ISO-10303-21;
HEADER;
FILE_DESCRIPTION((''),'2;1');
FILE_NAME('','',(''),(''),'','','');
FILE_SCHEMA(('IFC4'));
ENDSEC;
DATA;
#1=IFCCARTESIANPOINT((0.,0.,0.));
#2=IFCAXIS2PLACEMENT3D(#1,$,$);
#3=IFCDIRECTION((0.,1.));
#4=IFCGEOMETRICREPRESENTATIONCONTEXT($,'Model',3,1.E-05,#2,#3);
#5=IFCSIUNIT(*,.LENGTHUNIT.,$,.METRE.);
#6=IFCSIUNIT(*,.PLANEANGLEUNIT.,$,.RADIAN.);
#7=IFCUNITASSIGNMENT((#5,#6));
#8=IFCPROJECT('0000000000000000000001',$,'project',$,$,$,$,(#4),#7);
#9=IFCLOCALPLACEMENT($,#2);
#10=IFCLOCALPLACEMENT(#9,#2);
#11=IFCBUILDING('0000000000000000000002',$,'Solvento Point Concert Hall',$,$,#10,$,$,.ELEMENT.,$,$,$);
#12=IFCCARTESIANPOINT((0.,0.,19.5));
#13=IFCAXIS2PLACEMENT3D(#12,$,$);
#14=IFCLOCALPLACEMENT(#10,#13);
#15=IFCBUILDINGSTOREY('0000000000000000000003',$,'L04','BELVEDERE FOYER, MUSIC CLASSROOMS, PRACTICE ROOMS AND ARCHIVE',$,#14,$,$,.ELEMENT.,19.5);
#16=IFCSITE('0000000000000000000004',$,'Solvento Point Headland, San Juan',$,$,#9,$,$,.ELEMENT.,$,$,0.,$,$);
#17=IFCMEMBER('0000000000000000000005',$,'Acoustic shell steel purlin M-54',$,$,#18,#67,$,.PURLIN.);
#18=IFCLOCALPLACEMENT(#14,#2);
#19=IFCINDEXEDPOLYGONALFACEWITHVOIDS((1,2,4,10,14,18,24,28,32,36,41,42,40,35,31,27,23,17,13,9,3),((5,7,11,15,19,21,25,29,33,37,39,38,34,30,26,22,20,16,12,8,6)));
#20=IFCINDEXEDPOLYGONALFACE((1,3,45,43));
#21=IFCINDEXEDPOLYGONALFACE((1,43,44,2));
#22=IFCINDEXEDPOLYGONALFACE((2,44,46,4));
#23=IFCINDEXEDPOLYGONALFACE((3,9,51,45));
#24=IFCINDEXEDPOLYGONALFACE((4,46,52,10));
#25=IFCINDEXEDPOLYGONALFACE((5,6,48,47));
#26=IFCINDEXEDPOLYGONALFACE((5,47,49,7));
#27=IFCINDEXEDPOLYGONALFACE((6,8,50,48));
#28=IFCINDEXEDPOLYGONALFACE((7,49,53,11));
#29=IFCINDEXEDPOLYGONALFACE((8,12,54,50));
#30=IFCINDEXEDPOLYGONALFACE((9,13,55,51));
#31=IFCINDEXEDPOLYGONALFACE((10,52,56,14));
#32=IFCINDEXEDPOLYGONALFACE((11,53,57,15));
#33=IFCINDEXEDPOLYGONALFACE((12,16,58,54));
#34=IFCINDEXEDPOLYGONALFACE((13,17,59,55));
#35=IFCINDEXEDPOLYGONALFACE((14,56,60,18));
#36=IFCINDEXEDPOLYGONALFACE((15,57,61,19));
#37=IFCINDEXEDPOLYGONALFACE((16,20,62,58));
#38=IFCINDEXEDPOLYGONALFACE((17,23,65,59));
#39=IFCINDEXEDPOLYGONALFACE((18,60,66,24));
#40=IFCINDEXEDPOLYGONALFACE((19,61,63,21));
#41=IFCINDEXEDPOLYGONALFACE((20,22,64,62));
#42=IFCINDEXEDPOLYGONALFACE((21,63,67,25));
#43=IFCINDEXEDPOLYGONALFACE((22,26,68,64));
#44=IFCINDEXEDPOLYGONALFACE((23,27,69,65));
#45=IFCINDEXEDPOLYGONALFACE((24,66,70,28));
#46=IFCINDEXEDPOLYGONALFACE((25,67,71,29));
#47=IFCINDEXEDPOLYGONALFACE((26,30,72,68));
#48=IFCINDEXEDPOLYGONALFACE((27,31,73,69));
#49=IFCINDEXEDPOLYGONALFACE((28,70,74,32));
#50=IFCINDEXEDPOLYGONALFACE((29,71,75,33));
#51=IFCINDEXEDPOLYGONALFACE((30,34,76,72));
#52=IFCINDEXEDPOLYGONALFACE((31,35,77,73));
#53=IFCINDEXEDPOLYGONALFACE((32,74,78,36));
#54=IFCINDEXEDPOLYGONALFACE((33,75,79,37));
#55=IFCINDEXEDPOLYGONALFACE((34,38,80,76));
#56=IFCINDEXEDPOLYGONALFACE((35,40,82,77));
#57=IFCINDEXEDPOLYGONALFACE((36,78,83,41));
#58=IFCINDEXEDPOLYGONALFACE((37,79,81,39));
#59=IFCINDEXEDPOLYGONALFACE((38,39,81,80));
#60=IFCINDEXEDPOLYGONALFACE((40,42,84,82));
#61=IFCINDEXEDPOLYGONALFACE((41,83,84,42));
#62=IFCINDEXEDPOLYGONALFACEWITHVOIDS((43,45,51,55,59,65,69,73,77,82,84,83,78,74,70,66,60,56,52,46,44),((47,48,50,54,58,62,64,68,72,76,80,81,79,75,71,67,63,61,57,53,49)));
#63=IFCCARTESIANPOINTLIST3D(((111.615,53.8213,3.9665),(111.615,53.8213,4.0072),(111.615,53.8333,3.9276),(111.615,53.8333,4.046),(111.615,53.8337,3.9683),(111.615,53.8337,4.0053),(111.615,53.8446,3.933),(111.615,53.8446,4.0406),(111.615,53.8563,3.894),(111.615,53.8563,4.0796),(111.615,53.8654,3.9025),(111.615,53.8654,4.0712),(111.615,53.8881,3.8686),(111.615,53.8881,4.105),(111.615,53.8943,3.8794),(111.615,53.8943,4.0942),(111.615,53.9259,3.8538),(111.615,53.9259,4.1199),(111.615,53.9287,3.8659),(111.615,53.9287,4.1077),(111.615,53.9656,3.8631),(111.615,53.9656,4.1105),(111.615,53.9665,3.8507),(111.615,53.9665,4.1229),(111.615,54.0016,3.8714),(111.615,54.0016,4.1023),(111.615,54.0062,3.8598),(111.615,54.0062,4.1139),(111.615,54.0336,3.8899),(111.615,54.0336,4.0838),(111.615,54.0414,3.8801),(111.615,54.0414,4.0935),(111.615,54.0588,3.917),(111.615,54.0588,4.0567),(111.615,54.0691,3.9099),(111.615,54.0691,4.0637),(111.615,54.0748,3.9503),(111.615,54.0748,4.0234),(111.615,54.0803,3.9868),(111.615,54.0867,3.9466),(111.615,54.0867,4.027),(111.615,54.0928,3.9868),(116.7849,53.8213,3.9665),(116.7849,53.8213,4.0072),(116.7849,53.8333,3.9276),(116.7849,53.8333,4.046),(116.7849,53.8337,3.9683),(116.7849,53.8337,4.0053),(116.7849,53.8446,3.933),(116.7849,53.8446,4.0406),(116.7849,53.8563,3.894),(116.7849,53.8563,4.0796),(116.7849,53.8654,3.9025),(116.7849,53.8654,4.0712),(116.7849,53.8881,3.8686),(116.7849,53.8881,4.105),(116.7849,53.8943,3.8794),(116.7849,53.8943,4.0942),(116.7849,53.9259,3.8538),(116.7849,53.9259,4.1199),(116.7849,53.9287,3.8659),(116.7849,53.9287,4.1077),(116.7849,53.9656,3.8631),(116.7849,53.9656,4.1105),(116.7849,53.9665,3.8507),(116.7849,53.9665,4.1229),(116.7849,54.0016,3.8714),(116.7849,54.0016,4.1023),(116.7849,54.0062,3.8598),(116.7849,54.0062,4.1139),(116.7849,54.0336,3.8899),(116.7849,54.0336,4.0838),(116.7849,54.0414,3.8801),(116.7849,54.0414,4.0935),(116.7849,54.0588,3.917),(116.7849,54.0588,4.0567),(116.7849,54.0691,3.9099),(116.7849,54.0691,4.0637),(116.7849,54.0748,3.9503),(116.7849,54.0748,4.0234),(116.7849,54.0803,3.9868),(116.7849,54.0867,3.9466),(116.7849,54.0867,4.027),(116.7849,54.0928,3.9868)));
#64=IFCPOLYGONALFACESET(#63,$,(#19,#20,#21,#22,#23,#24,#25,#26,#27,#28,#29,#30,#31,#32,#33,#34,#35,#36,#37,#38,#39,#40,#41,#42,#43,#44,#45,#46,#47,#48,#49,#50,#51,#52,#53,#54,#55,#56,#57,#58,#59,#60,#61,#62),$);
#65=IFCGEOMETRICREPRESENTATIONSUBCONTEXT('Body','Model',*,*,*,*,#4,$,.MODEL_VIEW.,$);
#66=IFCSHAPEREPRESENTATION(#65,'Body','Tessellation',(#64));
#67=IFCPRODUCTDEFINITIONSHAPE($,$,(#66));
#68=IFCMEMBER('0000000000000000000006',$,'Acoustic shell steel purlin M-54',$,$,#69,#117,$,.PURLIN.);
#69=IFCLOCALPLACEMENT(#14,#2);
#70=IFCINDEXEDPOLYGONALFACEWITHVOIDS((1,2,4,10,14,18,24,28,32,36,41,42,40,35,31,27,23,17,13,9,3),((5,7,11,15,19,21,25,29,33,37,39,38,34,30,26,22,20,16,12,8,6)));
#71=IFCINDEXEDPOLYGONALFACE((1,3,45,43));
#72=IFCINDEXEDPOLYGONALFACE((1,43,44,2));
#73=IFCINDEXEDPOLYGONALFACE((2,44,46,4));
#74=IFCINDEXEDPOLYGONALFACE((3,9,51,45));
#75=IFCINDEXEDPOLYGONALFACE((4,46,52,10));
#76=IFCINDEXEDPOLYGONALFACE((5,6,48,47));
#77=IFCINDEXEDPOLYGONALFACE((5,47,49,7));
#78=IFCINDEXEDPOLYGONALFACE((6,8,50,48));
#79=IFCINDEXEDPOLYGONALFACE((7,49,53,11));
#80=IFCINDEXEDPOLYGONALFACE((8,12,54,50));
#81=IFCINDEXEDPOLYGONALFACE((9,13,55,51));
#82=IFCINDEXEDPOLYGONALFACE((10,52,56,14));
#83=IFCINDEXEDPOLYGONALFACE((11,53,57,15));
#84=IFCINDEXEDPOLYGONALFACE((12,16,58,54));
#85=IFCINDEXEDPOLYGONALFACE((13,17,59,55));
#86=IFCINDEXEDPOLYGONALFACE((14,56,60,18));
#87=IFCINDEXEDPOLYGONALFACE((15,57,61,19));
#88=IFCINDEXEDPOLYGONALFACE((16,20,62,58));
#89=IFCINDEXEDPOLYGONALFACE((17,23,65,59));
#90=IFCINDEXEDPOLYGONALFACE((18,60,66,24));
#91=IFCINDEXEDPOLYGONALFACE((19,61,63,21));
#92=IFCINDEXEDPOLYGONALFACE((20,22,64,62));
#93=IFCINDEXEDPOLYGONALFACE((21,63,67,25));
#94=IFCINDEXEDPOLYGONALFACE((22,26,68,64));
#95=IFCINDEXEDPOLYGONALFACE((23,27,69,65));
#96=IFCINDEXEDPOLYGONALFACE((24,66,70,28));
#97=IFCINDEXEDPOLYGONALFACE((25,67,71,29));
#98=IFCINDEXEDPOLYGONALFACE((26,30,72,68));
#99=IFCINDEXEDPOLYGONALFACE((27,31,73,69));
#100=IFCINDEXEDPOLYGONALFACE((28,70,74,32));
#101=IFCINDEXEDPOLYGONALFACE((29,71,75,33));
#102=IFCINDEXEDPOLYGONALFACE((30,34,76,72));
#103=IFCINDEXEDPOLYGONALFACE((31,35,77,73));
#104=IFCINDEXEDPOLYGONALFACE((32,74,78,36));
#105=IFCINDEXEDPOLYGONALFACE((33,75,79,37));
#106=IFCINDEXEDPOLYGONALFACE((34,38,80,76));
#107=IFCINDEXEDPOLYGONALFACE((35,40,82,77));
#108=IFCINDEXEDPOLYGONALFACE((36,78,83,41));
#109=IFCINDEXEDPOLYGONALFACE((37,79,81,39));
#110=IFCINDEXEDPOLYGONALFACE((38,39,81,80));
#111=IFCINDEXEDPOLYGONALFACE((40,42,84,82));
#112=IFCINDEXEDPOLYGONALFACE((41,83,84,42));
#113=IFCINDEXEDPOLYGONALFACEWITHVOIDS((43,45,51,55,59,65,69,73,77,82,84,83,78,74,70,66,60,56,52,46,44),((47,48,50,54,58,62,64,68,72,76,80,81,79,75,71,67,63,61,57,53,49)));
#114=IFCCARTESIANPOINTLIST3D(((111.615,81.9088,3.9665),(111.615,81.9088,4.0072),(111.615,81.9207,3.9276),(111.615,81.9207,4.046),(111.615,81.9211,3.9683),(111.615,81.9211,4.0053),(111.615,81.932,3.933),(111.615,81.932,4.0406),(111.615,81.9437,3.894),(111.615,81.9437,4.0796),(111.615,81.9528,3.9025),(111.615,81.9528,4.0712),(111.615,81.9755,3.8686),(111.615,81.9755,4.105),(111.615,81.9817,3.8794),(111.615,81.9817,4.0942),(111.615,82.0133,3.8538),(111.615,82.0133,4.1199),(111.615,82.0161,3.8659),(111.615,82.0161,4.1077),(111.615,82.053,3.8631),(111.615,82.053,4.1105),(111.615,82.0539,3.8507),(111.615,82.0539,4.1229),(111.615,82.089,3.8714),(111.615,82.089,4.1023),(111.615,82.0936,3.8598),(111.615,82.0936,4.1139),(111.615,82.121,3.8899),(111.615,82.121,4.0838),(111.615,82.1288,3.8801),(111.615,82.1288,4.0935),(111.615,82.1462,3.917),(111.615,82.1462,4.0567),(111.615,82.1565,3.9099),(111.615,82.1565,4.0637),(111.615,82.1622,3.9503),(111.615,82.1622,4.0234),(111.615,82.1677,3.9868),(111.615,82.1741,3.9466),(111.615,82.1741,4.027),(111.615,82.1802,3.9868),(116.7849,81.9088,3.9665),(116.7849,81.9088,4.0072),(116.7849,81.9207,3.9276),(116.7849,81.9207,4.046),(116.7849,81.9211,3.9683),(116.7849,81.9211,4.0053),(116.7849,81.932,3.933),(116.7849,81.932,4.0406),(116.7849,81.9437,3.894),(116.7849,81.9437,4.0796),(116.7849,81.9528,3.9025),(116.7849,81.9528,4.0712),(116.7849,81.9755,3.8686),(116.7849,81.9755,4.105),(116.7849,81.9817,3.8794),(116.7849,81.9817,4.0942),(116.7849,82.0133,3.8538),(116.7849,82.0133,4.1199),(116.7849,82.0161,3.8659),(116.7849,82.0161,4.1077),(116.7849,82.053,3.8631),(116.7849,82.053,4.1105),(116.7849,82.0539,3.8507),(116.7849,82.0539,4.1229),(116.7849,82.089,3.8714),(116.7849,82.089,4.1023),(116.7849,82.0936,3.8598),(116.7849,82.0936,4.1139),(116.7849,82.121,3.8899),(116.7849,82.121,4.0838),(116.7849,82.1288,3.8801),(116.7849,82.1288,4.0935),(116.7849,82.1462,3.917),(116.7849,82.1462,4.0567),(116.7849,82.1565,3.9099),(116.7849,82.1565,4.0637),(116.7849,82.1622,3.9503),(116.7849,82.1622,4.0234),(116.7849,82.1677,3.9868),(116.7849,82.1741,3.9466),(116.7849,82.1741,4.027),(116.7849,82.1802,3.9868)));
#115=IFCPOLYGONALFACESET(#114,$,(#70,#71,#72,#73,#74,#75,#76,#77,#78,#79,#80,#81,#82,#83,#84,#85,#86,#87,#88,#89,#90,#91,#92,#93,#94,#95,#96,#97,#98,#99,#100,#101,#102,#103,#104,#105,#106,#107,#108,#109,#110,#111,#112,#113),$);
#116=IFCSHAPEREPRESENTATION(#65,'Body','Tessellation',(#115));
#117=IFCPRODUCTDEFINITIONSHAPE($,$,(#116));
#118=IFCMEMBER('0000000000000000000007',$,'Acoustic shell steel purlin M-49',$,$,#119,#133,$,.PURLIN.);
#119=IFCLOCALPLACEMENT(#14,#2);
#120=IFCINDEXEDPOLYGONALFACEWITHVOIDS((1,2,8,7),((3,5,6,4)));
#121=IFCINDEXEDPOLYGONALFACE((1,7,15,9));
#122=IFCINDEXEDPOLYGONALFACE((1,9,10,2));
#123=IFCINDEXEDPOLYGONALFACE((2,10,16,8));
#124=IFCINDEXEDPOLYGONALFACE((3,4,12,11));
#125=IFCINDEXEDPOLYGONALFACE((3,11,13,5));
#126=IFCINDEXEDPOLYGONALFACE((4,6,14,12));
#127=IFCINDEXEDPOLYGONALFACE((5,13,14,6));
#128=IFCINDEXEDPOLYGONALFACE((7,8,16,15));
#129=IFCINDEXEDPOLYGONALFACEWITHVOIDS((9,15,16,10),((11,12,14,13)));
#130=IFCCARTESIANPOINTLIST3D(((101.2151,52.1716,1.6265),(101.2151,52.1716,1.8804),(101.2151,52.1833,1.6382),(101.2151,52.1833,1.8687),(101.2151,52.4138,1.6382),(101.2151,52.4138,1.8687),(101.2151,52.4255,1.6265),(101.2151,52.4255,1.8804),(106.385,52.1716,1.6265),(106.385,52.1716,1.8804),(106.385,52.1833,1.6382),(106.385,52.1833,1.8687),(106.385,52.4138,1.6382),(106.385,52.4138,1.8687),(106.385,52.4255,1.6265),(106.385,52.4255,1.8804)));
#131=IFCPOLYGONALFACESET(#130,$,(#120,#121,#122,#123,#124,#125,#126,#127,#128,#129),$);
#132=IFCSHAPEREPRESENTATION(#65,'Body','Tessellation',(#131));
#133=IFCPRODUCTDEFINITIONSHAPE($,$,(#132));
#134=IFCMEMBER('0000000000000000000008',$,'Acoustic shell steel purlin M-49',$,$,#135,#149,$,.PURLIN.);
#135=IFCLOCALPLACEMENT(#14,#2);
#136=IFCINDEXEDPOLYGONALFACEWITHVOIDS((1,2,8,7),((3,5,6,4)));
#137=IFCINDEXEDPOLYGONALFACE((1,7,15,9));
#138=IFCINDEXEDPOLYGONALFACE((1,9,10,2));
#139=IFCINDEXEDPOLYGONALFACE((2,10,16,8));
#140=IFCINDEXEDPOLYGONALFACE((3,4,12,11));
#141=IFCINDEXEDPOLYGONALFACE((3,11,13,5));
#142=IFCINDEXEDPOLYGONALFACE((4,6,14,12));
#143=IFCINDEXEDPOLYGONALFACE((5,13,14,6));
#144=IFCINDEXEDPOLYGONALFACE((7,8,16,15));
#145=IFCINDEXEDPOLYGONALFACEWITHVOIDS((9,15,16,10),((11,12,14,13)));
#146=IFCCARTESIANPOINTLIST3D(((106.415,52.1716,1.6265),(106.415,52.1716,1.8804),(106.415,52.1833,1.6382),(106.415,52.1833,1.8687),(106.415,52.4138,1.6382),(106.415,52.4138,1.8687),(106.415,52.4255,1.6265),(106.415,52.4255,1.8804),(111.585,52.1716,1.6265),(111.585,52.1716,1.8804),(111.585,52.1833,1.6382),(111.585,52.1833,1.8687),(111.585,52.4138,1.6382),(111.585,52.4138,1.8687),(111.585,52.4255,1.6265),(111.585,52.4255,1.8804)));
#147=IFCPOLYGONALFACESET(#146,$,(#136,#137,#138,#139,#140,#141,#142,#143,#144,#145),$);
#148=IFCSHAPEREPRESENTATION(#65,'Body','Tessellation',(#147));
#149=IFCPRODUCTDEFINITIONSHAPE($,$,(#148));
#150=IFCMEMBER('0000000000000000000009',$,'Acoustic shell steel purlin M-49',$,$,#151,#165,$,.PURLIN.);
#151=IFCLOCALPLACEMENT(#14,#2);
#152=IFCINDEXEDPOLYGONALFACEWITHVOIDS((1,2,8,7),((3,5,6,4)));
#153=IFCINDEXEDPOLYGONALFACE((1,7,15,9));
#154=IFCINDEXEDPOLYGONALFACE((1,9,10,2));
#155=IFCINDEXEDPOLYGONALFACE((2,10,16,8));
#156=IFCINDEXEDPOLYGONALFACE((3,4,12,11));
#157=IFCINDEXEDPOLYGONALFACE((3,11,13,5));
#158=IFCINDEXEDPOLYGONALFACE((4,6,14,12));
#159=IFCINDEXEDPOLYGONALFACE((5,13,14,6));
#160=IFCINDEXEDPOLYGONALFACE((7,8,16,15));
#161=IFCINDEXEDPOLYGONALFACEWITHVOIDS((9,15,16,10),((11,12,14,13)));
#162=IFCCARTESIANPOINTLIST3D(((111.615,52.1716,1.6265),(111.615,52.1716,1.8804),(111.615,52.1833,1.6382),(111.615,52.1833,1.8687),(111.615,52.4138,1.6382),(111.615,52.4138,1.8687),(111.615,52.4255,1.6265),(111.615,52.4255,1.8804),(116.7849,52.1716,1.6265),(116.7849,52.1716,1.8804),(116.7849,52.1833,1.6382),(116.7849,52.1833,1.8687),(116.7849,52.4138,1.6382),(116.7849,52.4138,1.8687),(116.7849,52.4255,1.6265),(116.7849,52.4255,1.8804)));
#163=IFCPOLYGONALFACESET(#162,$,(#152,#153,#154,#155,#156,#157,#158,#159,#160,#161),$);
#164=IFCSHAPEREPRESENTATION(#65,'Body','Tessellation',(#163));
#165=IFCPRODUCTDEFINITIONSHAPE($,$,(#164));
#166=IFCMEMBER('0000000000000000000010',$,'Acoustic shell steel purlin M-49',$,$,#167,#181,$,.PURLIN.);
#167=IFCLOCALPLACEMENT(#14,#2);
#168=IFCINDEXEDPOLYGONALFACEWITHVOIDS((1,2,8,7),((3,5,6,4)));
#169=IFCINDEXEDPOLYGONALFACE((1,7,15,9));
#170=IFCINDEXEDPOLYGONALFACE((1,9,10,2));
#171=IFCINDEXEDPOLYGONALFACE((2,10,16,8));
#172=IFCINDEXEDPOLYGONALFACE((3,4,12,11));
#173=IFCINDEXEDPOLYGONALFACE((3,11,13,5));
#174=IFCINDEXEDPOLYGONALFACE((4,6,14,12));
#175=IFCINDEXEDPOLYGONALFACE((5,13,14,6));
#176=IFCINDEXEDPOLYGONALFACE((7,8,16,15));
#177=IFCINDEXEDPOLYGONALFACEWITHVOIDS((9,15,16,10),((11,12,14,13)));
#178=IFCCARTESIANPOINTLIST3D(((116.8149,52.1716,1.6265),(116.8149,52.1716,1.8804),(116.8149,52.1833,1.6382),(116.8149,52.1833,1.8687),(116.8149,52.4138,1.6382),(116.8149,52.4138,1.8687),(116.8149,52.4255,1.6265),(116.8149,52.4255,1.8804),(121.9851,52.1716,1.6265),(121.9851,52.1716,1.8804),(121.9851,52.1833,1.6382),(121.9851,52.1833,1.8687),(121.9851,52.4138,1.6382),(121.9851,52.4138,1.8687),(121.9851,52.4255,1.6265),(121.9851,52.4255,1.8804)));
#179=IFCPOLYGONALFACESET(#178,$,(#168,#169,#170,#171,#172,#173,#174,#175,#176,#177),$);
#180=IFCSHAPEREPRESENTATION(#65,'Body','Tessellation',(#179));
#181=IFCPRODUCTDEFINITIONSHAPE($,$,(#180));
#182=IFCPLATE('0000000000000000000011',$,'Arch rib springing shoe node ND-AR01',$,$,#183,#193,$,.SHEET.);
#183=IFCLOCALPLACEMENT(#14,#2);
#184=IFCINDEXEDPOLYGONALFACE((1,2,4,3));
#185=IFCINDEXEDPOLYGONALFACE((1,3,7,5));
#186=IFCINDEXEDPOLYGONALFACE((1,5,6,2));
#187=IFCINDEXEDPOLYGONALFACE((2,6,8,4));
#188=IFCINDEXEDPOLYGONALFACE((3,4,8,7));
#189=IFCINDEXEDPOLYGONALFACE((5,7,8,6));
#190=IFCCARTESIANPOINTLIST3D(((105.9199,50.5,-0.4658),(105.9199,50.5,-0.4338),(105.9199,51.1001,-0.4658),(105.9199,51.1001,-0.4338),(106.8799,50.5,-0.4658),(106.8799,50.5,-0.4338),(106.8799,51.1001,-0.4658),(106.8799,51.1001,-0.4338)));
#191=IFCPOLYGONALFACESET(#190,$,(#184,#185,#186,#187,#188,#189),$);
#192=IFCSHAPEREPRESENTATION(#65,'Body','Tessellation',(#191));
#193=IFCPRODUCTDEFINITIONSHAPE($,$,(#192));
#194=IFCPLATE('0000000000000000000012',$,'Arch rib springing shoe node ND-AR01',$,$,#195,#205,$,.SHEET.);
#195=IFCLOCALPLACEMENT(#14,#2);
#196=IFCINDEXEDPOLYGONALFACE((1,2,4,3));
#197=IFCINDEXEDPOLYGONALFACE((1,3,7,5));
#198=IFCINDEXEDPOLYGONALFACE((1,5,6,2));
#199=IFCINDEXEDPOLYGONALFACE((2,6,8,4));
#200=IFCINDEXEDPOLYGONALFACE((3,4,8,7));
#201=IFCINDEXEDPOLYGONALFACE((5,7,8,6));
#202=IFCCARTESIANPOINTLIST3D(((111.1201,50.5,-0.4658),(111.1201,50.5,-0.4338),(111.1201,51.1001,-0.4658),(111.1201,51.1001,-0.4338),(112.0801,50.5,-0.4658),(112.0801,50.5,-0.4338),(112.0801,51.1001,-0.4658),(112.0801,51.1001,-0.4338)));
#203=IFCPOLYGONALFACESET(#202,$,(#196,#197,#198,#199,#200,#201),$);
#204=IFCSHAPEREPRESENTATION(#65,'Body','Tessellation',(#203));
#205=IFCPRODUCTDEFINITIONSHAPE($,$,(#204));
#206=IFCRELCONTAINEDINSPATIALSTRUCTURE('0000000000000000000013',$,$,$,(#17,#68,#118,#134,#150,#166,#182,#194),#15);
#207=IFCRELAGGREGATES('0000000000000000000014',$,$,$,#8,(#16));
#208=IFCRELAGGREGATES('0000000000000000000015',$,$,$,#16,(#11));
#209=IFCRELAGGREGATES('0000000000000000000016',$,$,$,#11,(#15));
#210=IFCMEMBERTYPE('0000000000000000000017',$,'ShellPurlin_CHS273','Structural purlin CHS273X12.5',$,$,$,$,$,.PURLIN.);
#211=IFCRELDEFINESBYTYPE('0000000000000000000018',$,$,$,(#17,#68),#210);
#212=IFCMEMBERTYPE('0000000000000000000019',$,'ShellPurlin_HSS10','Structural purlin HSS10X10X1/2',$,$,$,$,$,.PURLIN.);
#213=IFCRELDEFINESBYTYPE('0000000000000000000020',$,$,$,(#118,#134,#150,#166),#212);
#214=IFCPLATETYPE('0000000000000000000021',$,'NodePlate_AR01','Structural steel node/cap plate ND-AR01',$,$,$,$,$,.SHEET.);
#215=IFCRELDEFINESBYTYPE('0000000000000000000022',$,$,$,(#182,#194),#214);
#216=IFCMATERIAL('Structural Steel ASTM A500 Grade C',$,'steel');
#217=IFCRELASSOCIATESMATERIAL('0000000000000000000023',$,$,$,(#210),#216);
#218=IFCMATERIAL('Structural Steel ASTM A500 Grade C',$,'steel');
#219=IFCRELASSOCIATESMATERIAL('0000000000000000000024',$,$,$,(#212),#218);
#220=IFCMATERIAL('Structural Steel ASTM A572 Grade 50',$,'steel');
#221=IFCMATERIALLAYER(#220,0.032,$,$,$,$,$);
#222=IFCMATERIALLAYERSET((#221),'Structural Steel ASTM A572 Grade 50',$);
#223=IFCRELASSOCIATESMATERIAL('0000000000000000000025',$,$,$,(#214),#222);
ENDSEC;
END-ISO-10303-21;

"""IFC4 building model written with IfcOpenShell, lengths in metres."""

from ifc_helpers import new_model, si_unit, direction, frame, origin, origin_2d, place, context, subcontext, project, spatial, rectangle, hollow_rectangle, hollow_circle, extrude, material, layer, layer_set, material_profile, profile_set, type_object, element, save


model = new_model("IFC4")

# Units and contexts
model_context = context("Model", 3, precision=1e-05, world=origin(), true_north=direction((0.0, 1.0)))
body_context = subcontext(model_context, "Body", "Model", "MODEL_VIEW")
ifc_project = project(units=[si_unit("LENGTHUNIT", "METRE"), si_unit("PLANEANGLEUNIT", "RADIAN")], contexts=[model_context])

# Site, building, storey
site_placement = place(None, origin())
site = spatial("IfcSite", under=ifc_project, at=site_placement, Name="Solvento Point Headland, San Juan", CompositionType="ELEMENT", RefElevation=0.0)
building_placement = place(site_placement, origin())
building = spatial("IfcBuilding", under=site, at=building_placement, Name="Solvento Point Concert Hall", CompositionType="ELEMENT")
storey_placement = place(building_placement, frame((0.0, 0.0, 19.5)))
storey = spatial("IfcBuildingStorey", under=building, at=storey_placement, Name="L04", Description="BELVEDERE FOYER, MUSIC CLASSROOMS, PRACTICE ROOMS AND ARCHIVE", CompositionType="ELEMENT", Elevation=19.5)

# Members
ifc_material_1 = material(Name="Structural Steel ASTM A500 Grade C", Category="steel")
ifc_material_profile_1 = material_profile(ifc_material_1, hollow_circle(Radius=0.1365, WallThickness=0.0125, at=origin_2d()), Name="CHS273X12.5")
ifc_profile_set_1 = profile_set([ifc_material_profile_1], Name="Structural Steel ASTM A500 Grade C")
member_type_1 = type_object("IfcMemberType", Name="ShellPurlin_CHS273", Description="Structural purlin CHS273X12.5", PredefinedType="PURLIN", material=ifc_profile_set_1)
for number, where, z_axis, x_axis, name in (
    (1, (111.615, 53.9563, 3.9868), (1.0, 0.0, 0.0), (0.0, 1.0, 0.0), "Acoustic shell steel purlin M-54"),
    (2, (111.615, 82.0437, 3.9868), (1.0, 0.0, 0.0), (0.0, 1.0, 0.0), "Acoustic shell steel purlin M-54"),
):
    element("IfcMember", number, at=place(storey_placement, frame(where, z_axis=z_axis, x_axis=x_axis)), inside=storey, type_object=member_type_1, Name=name, PredefinedType="PURLIN", context=body_context, shape_type="SweptSolid", body=[
        extrude(hollow_circle(Radius=0.1365, WallThickness=0.0125, at=origin_2d()), origin(), (0.0, 0.0, 1.0), 5.1699),
    ])
ifc_material_2 = material(Name="Structural Steel ASTM A500 Grade C", Category="steel")
ifc_material_profile_2 = material_profile(ifc_material_2, hollow_rectangle(XDim=0.2539, YDim=0.2539, WallThickness=0.0117, at=origin_2d()), Name="HSS10X10X1/2")
ifc_profile_set_2 = profile_set([ifc_material_profile_2], Name="Structural Steel ASTM A500 Grade C")
member_type_2 = type_object("IfcMemberType", Name="ShellPurlin_HSS10", Description="Structural purlin HSS10X10X1/2", PredefinedType="PURLIN", material=ifc_profile_set_2)
for number, where, z_axis, x_axis, name in (
    (3, (101.2151, 52.2986, 1.7534), (1.0, 0.0, 0.0), (0.0, 1.0, 0.0), "Acoustic shell steel purlin M-49"),
    (4, (106.415, 52.2986, 1.7534), (1.0, 0.0, 0.0), (0.0, 1.0, 0.0), "Acoustic shell steel purlin M-49"),
    (5, (111.615, 52.2986, 1.7534), (1.0, 0.0, 0.0), (0.0, 1.0, 0.0), "Acoustic shell steel purlin M-49"),
):
    element("IfcMember", number, at=place(storey_placement, frame(where, z_axis=z_axis, x_axis=x_axis)), inside=storey, type_object=member_type_2, Name=name, PredefinedType="PURLIN", context=body_context, shape_type="SweptSolid", body=[
        extrude(hollow_rectangle(XDim=0.2539, YDim=0.2539, WallThickness=0.0117, at=origin_2d()), origin(), (0.0, 0.0, 1.0), 5.1699),
    ])
member_placement = place(storey_placement, frame((116.8149, 52.2986, 1.7534), z_axis=(1.0, 0.0, 0.0), x_axis=(0.0, 1.0, 0.0)))
element("IfcMember", 6, at=member_placement, inside=storey, type_object=member_type_2, Name="Acoustic shell steel purlin M-49", PredefinedType="PURLIN", context=body_context, shape_type="SweptSolid", body=[
    extrude(hollow_rectangle(XDim=0.2539, YDim=0.2539, WallThickness=0.0117, at=origin_2d()), origin(), (0.0, 0.0, 1.0), 5.1702),
])

# Plates
ifc_material_3 = material(Name="Structural Steel ASTM A572 Grade 50", Category="steel")
ifc_layer_1 = layer(ifc_material_3, 0.032)
ifc_layer_set_1 = layer_set([ifc_layer_1], Name="Structural Steel ASTM A572 Grade 50")
plate_type_1 = type_object("IfcPlateType", Name="NodePlate_AR01", Description="Structural steel node/cap plate ND-AR01", PredefinedType="SHEET", material=ifc_layer_set_1)
for number, where, z_axis, x_axis, name in (
    (7, (106.3999, 50.8, -0.4658), (0.0, 0.0, 1.0), (1.0, 0.0, 0.0), "Arch rib springing shoe node ND-AR01"),
    (8, (111.6001, 50.8, -0.4658), (0.0, 0.0, 1.0), (1.0, 0.0, 0.0), "Arch rib springing shoe node ND-AR01"),
):
    element("IfcPlate", number, at=place(storey_placement, frame(where, z_axis=z_axis, x_axis=x_axis)), inside=storey, type_object=plate_type_1, Name=name, PredefinedType="SHEET", context=body_context, shape_type="SweptSolid", body=[
        extrude(rectangle(XDim=0.96, YDim=0.6001, at=origin_2d()), origin(), (0.0, 0.0, 1.0), 0.032),
    ])

save(model, "model.ifc")
